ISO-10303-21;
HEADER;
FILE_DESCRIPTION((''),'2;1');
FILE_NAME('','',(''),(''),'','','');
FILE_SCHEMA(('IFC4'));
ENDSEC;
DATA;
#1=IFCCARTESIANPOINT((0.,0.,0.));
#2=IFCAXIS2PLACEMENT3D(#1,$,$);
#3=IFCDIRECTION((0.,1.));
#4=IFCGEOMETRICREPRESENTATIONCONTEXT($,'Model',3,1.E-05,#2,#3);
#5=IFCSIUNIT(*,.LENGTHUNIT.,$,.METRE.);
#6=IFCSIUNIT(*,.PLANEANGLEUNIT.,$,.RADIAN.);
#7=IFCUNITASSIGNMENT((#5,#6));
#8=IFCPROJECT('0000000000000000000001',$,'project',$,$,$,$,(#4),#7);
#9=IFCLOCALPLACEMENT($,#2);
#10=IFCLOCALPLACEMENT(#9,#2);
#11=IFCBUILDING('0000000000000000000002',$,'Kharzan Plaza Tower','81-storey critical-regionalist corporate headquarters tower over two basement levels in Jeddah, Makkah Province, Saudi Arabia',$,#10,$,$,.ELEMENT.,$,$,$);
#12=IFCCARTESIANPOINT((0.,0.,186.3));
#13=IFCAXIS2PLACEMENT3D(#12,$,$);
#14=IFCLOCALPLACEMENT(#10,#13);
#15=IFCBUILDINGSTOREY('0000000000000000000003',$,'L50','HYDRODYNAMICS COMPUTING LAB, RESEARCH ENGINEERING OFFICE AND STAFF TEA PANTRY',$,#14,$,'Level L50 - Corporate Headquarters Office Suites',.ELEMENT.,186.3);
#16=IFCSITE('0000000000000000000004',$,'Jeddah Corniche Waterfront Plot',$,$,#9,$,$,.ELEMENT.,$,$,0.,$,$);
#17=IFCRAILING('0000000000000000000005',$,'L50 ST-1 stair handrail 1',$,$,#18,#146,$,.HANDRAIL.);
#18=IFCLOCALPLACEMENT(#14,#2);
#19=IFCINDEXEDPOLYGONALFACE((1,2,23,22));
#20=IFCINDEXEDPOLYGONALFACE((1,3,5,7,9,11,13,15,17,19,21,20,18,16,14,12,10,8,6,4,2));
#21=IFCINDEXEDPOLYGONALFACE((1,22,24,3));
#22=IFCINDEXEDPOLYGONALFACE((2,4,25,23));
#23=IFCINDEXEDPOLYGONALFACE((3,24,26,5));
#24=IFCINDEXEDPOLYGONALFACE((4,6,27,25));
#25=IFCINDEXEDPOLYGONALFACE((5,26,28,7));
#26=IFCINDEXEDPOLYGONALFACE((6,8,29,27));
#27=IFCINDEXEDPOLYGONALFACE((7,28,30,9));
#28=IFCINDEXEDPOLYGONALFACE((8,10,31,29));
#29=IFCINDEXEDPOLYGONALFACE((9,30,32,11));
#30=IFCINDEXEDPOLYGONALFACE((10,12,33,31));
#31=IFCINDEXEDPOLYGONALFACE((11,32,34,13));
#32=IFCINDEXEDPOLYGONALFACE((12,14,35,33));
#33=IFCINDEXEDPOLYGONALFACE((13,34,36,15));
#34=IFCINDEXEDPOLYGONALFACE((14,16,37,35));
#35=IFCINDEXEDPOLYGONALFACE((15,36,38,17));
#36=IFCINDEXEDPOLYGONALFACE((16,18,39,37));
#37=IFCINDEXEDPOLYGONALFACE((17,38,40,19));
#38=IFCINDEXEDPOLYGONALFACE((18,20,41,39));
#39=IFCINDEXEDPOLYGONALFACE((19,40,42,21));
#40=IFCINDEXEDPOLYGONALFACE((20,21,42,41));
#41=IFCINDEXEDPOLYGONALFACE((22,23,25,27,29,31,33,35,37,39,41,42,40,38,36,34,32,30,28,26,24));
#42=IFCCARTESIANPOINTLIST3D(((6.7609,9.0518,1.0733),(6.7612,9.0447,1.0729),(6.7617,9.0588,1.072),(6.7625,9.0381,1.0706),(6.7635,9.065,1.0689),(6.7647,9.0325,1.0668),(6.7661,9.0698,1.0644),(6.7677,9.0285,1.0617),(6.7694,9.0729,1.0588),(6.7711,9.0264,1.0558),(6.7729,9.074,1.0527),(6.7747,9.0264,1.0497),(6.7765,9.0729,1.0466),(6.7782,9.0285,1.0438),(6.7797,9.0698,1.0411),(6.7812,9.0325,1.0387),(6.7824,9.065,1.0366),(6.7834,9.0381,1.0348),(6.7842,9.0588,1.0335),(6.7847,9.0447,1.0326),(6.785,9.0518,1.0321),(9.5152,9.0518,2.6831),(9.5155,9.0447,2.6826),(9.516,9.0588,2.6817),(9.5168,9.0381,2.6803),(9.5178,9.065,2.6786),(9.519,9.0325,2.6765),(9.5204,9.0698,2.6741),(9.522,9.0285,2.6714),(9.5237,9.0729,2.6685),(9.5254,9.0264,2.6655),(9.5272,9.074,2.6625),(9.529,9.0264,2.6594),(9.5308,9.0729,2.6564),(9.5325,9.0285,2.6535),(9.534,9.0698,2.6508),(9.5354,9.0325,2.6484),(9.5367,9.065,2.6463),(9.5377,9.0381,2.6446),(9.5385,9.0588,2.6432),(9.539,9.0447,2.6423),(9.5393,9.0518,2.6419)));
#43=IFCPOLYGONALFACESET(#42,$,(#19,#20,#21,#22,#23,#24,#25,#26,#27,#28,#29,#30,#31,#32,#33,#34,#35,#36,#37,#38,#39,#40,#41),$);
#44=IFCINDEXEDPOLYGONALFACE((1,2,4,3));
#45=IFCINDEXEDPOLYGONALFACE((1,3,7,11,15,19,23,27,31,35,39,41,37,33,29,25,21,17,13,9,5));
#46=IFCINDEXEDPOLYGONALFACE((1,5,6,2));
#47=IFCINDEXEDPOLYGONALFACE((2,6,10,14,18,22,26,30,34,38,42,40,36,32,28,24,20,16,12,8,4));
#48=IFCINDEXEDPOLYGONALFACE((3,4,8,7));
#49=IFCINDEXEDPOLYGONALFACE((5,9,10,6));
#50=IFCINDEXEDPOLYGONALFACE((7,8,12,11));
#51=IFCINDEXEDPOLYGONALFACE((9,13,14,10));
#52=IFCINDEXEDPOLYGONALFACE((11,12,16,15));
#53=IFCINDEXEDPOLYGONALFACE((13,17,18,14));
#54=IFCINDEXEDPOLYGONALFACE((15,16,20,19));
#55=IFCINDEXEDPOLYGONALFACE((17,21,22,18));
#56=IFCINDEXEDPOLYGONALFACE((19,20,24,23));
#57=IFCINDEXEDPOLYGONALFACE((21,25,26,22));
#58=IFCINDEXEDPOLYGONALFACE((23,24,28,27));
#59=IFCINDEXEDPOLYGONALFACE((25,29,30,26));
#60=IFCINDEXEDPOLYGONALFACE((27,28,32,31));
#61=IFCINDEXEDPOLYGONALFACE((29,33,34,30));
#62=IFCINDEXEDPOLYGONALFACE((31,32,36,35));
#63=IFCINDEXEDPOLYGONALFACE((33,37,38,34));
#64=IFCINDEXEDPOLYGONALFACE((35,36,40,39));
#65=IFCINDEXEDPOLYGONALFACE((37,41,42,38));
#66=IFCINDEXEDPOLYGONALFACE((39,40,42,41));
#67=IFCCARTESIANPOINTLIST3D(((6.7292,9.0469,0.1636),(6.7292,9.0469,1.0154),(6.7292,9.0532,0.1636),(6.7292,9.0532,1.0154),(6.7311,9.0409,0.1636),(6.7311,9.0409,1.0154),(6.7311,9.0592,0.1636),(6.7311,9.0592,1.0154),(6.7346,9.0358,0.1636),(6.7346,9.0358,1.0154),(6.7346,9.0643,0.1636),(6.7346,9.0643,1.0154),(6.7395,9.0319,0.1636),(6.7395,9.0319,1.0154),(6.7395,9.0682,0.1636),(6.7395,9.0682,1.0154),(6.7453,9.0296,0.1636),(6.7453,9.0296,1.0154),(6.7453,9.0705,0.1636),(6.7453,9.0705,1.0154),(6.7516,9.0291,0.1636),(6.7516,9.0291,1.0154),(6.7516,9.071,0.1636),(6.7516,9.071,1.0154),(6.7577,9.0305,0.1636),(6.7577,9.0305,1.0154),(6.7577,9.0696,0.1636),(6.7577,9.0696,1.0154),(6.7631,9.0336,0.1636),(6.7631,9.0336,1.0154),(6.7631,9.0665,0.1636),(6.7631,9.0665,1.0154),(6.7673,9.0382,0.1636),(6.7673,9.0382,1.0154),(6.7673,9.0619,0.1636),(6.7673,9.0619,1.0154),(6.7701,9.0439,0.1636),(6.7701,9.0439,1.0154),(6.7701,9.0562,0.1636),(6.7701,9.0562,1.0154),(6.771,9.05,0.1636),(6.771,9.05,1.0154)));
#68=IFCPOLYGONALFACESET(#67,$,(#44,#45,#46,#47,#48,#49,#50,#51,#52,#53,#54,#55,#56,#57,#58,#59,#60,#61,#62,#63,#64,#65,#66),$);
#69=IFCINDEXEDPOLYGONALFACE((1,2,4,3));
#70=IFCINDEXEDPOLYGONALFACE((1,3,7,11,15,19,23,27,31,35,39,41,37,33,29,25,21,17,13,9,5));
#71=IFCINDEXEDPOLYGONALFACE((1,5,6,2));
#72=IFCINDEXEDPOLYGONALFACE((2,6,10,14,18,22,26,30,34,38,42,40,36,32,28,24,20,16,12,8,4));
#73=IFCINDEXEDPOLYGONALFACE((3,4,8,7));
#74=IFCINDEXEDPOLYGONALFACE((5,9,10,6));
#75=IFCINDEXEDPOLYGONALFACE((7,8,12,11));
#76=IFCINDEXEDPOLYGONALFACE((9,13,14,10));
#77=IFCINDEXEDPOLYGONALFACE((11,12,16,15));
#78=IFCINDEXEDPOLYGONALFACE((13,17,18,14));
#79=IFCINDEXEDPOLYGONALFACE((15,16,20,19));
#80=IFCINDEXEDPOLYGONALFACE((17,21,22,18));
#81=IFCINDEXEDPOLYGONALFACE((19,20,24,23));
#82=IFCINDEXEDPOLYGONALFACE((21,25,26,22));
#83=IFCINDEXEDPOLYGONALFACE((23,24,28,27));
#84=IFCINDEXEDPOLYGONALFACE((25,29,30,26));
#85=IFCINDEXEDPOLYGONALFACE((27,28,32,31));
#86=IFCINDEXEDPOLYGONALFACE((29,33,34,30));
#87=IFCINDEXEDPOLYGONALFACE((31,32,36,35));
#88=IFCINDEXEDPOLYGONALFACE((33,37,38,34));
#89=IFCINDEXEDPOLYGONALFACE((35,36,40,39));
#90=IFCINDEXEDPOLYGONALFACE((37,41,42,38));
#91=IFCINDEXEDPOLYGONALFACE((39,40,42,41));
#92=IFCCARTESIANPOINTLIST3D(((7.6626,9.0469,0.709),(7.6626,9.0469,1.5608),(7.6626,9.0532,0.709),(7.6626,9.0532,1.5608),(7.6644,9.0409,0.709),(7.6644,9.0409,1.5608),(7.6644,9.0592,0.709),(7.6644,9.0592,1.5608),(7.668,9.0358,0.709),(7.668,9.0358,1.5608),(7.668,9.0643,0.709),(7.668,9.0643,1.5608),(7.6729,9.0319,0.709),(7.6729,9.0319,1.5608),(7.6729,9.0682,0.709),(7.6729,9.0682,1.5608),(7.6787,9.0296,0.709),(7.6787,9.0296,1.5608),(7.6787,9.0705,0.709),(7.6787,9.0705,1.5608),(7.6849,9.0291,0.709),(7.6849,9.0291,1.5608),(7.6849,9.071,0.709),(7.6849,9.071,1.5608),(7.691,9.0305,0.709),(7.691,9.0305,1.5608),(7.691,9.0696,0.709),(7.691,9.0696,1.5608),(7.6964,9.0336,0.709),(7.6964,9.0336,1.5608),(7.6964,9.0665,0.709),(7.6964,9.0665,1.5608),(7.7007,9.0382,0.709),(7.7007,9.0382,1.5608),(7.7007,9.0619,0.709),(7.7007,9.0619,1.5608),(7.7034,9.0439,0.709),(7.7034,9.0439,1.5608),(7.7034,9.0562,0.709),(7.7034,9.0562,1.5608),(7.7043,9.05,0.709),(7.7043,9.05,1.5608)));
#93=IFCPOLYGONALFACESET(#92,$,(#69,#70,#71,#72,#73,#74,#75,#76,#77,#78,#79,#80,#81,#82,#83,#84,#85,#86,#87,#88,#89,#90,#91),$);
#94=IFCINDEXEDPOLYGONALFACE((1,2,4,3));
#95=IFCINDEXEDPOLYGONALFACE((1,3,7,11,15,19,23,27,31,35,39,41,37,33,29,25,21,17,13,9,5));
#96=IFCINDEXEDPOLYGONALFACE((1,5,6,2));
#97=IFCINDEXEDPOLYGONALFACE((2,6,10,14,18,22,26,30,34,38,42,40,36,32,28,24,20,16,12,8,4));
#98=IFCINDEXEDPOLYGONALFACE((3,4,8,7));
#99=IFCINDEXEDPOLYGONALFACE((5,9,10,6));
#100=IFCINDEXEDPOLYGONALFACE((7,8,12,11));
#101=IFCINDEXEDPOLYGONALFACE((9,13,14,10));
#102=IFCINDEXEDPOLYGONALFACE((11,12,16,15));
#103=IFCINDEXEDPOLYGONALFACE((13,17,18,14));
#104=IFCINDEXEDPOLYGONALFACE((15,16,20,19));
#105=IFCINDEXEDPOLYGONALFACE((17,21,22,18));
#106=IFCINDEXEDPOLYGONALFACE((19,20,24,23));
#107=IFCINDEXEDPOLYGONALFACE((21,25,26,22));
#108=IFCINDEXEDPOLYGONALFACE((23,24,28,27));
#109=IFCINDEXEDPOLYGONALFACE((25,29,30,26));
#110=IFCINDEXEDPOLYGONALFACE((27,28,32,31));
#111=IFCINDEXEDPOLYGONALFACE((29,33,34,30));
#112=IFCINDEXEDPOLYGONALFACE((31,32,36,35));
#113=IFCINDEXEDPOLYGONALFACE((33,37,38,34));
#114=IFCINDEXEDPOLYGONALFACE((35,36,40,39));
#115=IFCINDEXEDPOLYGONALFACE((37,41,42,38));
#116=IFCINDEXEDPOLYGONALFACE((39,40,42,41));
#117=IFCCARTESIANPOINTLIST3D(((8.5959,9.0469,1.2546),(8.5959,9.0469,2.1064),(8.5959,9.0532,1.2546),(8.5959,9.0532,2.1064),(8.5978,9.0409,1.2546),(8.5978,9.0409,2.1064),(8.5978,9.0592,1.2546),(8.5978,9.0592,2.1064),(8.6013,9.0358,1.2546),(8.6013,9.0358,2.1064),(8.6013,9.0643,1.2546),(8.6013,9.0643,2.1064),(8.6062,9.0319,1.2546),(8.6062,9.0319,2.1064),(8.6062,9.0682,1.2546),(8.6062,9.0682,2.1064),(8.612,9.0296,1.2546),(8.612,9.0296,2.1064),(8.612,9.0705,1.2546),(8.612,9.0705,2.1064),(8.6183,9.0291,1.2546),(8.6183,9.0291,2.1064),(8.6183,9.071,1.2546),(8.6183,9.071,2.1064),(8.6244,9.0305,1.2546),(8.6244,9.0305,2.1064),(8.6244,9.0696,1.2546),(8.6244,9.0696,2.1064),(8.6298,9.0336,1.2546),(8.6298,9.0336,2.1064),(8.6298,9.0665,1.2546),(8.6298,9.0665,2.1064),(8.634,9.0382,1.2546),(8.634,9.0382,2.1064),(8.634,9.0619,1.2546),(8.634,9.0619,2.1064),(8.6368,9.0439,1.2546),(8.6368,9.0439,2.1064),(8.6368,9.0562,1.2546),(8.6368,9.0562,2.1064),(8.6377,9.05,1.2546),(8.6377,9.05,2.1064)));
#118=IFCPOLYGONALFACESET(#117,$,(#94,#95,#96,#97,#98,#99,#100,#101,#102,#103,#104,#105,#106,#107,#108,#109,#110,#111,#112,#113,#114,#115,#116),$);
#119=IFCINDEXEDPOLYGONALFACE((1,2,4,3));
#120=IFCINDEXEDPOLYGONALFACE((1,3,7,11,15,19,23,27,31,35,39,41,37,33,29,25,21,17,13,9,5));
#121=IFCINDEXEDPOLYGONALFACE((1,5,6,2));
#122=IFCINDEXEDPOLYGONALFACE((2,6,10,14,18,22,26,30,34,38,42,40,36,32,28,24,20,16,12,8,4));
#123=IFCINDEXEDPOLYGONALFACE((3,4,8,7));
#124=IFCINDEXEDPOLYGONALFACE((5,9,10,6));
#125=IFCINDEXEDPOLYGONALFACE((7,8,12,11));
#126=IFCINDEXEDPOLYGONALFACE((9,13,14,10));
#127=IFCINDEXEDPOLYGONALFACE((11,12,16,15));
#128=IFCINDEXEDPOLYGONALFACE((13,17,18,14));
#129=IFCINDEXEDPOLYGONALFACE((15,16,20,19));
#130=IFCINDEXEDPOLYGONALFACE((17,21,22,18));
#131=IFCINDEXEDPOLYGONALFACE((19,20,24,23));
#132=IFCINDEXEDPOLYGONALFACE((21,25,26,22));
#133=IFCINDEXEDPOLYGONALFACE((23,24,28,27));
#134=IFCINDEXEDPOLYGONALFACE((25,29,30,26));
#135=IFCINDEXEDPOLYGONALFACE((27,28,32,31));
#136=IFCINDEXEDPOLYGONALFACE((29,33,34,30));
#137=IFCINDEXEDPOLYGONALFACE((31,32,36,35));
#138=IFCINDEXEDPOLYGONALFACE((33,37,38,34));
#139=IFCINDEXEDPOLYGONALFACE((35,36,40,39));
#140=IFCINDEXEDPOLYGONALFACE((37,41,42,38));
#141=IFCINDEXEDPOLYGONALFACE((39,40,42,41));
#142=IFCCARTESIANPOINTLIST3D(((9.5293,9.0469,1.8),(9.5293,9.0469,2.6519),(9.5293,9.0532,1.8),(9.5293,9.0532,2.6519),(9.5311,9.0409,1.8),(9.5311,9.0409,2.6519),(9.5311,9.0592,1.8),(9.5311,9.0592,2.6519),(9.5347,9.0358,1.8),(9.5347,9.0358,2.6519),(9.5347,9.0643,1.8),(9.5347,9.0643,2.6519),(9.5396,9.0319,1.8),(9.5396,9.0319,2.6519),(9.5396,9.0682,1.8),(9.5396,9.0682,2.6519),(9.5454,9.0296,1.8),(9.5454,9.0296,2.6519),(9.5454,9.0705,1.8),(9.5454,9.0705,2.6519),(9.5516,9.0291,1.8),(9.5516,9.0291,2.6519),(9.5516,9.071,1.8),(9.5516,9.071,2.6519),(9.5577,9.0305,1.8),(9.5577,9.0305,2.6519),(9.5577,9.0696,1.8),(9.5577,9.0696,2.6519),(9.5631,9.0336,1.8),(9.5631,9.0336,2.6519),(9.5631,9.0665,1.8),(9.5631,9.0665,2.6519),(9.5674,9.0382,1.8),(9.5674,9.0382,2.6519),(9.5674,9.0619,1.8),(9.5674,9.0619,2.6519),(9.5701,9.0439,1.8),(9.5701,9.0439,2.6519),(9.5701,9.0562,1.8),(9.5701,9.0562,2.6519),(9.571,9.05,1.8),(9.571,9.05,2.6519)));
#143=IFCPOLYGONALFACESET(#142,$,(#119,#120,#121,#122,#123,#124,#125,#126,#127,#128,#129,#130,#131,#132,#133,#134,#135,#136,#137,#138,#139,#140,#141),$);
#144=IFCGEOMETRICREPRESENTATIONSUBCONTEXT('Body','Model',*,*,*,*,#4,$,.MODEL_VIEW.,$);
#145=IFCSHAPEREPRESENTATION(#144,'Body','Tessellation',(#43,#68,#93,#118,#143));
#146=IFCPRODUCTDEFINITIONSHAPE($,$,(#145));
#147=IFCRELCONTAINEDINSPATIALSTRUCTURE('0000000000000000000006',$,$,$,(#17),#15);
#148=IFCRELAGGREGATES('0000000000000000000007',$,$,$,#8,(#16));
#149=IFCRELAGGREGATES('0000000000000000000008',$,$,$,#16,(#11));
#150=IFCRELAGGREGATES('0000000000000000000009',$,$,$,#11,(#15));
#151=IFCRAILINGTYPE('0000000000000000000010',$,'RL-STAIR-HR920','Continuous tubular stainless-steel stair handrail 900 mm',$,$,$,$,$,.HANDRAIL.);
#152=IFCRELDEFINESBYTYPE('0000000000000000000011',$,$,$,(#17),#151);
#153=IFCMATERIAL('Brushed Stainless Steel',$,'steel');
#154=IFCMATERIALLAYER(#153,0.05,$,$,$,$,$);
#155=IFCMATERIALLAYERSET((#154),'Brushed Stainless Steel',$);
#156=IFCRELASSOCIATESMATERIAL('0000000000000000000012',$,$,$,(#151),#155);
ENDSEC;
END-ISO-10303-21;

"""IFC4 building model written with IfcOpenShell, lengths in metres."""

from ifc_helpers import new_model, si_unit, direction, frame, origin, origin_2d, place, context, subcontext, project, spatial, circle, extrude, source, transform, mapped, material, layer, layer_set, type_object, element, save


model = new_model("IFC4")

# Units and contexts
model_context = context("Model", 3, precision=1e-05, world=origin(), true_north=direction((0.0, 1.0)))
body_context = subcontext(model_context, "Body", "Model", "MODEL_VIEW")
ifc_project = project(units=[si_unit("LENGTHUNIT", "METRE"), si_unit("PLANEANGLEUNIT", "RADIAN")], contexts=[model_context])

# Site, building, storey
site_placement = place(None, origin())
site = spatial("IfcSite", under=ifc_project, at=site_placement, Name="Jeddah Corniche Waterfront Plot", CompositionType="ELEMENT", RefElevation=0.0)
building_placement = place(site_placement, origin())
building = spatial("IfcBuilding", under=site, at=building_placement, Name="Kharzan Plaza Tower", Description="81-storey critical-regionalist corporate headquarters tower over two basement levels in Jeddah, Makkah Province, Saudi Arabia", CompositionType="ELEMENT")
storey_placement = place(building_placement, frame((0.0, 0.0, 186.3)))
storey = spatial("IfcBuildingStorey", under=building, at=storey_placement, Name="L50", Description="HYDRODYNAMICS COMPUTING LAB, RESEARCH ENGINEERING OFFICE AND STAFF TEA PANTRY", LongName="Level L50 - Corporate Headquarters Office Suites", CompositionType="ELEMENT", Elevation=186.3)

# Railing
ifc_material_1 = material(Name="Brushed Stainless Steel", Category="steel")
ifc_layer_1 = layer(ifc_material_1, 0.05)
ifc_layer_set_1 = layer_set([ifc_layer_1], Name="Brushed Stainless Steel")
railing_type = type_object("IfcRailingType", Name="RL-STAIR-HR920", Description="Continuous tubular stainless-steel stair handrail 900 mm", PredefinedType="HANDRAIL", material=ifc_layer_set_1)
shared_shape_1 = source(origin(), body_context, "Body", "SweptSolid", [
    extrude(circle(Radius=0.0239, at=origin_2d()), frame((0.0229, 0.0, 0.8892), z_axis=(0.863361, 0.0, 0.504587), x_axis=(0.0, 1.0, 0.0)), (0.0, 0.0, 1.0), 3.1902),
    extrude(circle(Radius=0.021, at=origin_2d()), origin(), (0.0, 0.0, 1.0), 0.8518),
    extrude(circle(Radius=0.021, at=origin_2d()), frame((0.9333, 0.0, 0.5454)), (0.0, 0.0, 1.0), 0.8518),
    extrude(circle(Radius=0.021, at=origin_2d()), frame((1.8667, 0.0, 1.0911)), (0.0, 0.0, 1.0), 0.8518),
    extrude(circle(Radius=0.021, at=origin_2d()), frame((2.8, 0.0, 1.6365)), (0.0, 0.0, 1.0), 0.8518),
])
railing_placement = place(storey_placement, frame((6.75, 9.05, 0.1636)))
element("IfcRailing", 1, at=railing_placement, inside=storey, type_object=railing_type, Name="L50 ST-1 stair handrail 1", PredefinedType="HANDRAIL", context=body_context, shape_type="MappedRepresentation", body=[
    mapped(shared_shape_1, transform((0.0, 0.0, 0.0), x_axis=(1.0, 0.0, 0.0), y_axis=(0.0, 1.0, 0.0), z_axis=(0.0, 0.0, 1.0))),
])

save(model, "model.ifc")
